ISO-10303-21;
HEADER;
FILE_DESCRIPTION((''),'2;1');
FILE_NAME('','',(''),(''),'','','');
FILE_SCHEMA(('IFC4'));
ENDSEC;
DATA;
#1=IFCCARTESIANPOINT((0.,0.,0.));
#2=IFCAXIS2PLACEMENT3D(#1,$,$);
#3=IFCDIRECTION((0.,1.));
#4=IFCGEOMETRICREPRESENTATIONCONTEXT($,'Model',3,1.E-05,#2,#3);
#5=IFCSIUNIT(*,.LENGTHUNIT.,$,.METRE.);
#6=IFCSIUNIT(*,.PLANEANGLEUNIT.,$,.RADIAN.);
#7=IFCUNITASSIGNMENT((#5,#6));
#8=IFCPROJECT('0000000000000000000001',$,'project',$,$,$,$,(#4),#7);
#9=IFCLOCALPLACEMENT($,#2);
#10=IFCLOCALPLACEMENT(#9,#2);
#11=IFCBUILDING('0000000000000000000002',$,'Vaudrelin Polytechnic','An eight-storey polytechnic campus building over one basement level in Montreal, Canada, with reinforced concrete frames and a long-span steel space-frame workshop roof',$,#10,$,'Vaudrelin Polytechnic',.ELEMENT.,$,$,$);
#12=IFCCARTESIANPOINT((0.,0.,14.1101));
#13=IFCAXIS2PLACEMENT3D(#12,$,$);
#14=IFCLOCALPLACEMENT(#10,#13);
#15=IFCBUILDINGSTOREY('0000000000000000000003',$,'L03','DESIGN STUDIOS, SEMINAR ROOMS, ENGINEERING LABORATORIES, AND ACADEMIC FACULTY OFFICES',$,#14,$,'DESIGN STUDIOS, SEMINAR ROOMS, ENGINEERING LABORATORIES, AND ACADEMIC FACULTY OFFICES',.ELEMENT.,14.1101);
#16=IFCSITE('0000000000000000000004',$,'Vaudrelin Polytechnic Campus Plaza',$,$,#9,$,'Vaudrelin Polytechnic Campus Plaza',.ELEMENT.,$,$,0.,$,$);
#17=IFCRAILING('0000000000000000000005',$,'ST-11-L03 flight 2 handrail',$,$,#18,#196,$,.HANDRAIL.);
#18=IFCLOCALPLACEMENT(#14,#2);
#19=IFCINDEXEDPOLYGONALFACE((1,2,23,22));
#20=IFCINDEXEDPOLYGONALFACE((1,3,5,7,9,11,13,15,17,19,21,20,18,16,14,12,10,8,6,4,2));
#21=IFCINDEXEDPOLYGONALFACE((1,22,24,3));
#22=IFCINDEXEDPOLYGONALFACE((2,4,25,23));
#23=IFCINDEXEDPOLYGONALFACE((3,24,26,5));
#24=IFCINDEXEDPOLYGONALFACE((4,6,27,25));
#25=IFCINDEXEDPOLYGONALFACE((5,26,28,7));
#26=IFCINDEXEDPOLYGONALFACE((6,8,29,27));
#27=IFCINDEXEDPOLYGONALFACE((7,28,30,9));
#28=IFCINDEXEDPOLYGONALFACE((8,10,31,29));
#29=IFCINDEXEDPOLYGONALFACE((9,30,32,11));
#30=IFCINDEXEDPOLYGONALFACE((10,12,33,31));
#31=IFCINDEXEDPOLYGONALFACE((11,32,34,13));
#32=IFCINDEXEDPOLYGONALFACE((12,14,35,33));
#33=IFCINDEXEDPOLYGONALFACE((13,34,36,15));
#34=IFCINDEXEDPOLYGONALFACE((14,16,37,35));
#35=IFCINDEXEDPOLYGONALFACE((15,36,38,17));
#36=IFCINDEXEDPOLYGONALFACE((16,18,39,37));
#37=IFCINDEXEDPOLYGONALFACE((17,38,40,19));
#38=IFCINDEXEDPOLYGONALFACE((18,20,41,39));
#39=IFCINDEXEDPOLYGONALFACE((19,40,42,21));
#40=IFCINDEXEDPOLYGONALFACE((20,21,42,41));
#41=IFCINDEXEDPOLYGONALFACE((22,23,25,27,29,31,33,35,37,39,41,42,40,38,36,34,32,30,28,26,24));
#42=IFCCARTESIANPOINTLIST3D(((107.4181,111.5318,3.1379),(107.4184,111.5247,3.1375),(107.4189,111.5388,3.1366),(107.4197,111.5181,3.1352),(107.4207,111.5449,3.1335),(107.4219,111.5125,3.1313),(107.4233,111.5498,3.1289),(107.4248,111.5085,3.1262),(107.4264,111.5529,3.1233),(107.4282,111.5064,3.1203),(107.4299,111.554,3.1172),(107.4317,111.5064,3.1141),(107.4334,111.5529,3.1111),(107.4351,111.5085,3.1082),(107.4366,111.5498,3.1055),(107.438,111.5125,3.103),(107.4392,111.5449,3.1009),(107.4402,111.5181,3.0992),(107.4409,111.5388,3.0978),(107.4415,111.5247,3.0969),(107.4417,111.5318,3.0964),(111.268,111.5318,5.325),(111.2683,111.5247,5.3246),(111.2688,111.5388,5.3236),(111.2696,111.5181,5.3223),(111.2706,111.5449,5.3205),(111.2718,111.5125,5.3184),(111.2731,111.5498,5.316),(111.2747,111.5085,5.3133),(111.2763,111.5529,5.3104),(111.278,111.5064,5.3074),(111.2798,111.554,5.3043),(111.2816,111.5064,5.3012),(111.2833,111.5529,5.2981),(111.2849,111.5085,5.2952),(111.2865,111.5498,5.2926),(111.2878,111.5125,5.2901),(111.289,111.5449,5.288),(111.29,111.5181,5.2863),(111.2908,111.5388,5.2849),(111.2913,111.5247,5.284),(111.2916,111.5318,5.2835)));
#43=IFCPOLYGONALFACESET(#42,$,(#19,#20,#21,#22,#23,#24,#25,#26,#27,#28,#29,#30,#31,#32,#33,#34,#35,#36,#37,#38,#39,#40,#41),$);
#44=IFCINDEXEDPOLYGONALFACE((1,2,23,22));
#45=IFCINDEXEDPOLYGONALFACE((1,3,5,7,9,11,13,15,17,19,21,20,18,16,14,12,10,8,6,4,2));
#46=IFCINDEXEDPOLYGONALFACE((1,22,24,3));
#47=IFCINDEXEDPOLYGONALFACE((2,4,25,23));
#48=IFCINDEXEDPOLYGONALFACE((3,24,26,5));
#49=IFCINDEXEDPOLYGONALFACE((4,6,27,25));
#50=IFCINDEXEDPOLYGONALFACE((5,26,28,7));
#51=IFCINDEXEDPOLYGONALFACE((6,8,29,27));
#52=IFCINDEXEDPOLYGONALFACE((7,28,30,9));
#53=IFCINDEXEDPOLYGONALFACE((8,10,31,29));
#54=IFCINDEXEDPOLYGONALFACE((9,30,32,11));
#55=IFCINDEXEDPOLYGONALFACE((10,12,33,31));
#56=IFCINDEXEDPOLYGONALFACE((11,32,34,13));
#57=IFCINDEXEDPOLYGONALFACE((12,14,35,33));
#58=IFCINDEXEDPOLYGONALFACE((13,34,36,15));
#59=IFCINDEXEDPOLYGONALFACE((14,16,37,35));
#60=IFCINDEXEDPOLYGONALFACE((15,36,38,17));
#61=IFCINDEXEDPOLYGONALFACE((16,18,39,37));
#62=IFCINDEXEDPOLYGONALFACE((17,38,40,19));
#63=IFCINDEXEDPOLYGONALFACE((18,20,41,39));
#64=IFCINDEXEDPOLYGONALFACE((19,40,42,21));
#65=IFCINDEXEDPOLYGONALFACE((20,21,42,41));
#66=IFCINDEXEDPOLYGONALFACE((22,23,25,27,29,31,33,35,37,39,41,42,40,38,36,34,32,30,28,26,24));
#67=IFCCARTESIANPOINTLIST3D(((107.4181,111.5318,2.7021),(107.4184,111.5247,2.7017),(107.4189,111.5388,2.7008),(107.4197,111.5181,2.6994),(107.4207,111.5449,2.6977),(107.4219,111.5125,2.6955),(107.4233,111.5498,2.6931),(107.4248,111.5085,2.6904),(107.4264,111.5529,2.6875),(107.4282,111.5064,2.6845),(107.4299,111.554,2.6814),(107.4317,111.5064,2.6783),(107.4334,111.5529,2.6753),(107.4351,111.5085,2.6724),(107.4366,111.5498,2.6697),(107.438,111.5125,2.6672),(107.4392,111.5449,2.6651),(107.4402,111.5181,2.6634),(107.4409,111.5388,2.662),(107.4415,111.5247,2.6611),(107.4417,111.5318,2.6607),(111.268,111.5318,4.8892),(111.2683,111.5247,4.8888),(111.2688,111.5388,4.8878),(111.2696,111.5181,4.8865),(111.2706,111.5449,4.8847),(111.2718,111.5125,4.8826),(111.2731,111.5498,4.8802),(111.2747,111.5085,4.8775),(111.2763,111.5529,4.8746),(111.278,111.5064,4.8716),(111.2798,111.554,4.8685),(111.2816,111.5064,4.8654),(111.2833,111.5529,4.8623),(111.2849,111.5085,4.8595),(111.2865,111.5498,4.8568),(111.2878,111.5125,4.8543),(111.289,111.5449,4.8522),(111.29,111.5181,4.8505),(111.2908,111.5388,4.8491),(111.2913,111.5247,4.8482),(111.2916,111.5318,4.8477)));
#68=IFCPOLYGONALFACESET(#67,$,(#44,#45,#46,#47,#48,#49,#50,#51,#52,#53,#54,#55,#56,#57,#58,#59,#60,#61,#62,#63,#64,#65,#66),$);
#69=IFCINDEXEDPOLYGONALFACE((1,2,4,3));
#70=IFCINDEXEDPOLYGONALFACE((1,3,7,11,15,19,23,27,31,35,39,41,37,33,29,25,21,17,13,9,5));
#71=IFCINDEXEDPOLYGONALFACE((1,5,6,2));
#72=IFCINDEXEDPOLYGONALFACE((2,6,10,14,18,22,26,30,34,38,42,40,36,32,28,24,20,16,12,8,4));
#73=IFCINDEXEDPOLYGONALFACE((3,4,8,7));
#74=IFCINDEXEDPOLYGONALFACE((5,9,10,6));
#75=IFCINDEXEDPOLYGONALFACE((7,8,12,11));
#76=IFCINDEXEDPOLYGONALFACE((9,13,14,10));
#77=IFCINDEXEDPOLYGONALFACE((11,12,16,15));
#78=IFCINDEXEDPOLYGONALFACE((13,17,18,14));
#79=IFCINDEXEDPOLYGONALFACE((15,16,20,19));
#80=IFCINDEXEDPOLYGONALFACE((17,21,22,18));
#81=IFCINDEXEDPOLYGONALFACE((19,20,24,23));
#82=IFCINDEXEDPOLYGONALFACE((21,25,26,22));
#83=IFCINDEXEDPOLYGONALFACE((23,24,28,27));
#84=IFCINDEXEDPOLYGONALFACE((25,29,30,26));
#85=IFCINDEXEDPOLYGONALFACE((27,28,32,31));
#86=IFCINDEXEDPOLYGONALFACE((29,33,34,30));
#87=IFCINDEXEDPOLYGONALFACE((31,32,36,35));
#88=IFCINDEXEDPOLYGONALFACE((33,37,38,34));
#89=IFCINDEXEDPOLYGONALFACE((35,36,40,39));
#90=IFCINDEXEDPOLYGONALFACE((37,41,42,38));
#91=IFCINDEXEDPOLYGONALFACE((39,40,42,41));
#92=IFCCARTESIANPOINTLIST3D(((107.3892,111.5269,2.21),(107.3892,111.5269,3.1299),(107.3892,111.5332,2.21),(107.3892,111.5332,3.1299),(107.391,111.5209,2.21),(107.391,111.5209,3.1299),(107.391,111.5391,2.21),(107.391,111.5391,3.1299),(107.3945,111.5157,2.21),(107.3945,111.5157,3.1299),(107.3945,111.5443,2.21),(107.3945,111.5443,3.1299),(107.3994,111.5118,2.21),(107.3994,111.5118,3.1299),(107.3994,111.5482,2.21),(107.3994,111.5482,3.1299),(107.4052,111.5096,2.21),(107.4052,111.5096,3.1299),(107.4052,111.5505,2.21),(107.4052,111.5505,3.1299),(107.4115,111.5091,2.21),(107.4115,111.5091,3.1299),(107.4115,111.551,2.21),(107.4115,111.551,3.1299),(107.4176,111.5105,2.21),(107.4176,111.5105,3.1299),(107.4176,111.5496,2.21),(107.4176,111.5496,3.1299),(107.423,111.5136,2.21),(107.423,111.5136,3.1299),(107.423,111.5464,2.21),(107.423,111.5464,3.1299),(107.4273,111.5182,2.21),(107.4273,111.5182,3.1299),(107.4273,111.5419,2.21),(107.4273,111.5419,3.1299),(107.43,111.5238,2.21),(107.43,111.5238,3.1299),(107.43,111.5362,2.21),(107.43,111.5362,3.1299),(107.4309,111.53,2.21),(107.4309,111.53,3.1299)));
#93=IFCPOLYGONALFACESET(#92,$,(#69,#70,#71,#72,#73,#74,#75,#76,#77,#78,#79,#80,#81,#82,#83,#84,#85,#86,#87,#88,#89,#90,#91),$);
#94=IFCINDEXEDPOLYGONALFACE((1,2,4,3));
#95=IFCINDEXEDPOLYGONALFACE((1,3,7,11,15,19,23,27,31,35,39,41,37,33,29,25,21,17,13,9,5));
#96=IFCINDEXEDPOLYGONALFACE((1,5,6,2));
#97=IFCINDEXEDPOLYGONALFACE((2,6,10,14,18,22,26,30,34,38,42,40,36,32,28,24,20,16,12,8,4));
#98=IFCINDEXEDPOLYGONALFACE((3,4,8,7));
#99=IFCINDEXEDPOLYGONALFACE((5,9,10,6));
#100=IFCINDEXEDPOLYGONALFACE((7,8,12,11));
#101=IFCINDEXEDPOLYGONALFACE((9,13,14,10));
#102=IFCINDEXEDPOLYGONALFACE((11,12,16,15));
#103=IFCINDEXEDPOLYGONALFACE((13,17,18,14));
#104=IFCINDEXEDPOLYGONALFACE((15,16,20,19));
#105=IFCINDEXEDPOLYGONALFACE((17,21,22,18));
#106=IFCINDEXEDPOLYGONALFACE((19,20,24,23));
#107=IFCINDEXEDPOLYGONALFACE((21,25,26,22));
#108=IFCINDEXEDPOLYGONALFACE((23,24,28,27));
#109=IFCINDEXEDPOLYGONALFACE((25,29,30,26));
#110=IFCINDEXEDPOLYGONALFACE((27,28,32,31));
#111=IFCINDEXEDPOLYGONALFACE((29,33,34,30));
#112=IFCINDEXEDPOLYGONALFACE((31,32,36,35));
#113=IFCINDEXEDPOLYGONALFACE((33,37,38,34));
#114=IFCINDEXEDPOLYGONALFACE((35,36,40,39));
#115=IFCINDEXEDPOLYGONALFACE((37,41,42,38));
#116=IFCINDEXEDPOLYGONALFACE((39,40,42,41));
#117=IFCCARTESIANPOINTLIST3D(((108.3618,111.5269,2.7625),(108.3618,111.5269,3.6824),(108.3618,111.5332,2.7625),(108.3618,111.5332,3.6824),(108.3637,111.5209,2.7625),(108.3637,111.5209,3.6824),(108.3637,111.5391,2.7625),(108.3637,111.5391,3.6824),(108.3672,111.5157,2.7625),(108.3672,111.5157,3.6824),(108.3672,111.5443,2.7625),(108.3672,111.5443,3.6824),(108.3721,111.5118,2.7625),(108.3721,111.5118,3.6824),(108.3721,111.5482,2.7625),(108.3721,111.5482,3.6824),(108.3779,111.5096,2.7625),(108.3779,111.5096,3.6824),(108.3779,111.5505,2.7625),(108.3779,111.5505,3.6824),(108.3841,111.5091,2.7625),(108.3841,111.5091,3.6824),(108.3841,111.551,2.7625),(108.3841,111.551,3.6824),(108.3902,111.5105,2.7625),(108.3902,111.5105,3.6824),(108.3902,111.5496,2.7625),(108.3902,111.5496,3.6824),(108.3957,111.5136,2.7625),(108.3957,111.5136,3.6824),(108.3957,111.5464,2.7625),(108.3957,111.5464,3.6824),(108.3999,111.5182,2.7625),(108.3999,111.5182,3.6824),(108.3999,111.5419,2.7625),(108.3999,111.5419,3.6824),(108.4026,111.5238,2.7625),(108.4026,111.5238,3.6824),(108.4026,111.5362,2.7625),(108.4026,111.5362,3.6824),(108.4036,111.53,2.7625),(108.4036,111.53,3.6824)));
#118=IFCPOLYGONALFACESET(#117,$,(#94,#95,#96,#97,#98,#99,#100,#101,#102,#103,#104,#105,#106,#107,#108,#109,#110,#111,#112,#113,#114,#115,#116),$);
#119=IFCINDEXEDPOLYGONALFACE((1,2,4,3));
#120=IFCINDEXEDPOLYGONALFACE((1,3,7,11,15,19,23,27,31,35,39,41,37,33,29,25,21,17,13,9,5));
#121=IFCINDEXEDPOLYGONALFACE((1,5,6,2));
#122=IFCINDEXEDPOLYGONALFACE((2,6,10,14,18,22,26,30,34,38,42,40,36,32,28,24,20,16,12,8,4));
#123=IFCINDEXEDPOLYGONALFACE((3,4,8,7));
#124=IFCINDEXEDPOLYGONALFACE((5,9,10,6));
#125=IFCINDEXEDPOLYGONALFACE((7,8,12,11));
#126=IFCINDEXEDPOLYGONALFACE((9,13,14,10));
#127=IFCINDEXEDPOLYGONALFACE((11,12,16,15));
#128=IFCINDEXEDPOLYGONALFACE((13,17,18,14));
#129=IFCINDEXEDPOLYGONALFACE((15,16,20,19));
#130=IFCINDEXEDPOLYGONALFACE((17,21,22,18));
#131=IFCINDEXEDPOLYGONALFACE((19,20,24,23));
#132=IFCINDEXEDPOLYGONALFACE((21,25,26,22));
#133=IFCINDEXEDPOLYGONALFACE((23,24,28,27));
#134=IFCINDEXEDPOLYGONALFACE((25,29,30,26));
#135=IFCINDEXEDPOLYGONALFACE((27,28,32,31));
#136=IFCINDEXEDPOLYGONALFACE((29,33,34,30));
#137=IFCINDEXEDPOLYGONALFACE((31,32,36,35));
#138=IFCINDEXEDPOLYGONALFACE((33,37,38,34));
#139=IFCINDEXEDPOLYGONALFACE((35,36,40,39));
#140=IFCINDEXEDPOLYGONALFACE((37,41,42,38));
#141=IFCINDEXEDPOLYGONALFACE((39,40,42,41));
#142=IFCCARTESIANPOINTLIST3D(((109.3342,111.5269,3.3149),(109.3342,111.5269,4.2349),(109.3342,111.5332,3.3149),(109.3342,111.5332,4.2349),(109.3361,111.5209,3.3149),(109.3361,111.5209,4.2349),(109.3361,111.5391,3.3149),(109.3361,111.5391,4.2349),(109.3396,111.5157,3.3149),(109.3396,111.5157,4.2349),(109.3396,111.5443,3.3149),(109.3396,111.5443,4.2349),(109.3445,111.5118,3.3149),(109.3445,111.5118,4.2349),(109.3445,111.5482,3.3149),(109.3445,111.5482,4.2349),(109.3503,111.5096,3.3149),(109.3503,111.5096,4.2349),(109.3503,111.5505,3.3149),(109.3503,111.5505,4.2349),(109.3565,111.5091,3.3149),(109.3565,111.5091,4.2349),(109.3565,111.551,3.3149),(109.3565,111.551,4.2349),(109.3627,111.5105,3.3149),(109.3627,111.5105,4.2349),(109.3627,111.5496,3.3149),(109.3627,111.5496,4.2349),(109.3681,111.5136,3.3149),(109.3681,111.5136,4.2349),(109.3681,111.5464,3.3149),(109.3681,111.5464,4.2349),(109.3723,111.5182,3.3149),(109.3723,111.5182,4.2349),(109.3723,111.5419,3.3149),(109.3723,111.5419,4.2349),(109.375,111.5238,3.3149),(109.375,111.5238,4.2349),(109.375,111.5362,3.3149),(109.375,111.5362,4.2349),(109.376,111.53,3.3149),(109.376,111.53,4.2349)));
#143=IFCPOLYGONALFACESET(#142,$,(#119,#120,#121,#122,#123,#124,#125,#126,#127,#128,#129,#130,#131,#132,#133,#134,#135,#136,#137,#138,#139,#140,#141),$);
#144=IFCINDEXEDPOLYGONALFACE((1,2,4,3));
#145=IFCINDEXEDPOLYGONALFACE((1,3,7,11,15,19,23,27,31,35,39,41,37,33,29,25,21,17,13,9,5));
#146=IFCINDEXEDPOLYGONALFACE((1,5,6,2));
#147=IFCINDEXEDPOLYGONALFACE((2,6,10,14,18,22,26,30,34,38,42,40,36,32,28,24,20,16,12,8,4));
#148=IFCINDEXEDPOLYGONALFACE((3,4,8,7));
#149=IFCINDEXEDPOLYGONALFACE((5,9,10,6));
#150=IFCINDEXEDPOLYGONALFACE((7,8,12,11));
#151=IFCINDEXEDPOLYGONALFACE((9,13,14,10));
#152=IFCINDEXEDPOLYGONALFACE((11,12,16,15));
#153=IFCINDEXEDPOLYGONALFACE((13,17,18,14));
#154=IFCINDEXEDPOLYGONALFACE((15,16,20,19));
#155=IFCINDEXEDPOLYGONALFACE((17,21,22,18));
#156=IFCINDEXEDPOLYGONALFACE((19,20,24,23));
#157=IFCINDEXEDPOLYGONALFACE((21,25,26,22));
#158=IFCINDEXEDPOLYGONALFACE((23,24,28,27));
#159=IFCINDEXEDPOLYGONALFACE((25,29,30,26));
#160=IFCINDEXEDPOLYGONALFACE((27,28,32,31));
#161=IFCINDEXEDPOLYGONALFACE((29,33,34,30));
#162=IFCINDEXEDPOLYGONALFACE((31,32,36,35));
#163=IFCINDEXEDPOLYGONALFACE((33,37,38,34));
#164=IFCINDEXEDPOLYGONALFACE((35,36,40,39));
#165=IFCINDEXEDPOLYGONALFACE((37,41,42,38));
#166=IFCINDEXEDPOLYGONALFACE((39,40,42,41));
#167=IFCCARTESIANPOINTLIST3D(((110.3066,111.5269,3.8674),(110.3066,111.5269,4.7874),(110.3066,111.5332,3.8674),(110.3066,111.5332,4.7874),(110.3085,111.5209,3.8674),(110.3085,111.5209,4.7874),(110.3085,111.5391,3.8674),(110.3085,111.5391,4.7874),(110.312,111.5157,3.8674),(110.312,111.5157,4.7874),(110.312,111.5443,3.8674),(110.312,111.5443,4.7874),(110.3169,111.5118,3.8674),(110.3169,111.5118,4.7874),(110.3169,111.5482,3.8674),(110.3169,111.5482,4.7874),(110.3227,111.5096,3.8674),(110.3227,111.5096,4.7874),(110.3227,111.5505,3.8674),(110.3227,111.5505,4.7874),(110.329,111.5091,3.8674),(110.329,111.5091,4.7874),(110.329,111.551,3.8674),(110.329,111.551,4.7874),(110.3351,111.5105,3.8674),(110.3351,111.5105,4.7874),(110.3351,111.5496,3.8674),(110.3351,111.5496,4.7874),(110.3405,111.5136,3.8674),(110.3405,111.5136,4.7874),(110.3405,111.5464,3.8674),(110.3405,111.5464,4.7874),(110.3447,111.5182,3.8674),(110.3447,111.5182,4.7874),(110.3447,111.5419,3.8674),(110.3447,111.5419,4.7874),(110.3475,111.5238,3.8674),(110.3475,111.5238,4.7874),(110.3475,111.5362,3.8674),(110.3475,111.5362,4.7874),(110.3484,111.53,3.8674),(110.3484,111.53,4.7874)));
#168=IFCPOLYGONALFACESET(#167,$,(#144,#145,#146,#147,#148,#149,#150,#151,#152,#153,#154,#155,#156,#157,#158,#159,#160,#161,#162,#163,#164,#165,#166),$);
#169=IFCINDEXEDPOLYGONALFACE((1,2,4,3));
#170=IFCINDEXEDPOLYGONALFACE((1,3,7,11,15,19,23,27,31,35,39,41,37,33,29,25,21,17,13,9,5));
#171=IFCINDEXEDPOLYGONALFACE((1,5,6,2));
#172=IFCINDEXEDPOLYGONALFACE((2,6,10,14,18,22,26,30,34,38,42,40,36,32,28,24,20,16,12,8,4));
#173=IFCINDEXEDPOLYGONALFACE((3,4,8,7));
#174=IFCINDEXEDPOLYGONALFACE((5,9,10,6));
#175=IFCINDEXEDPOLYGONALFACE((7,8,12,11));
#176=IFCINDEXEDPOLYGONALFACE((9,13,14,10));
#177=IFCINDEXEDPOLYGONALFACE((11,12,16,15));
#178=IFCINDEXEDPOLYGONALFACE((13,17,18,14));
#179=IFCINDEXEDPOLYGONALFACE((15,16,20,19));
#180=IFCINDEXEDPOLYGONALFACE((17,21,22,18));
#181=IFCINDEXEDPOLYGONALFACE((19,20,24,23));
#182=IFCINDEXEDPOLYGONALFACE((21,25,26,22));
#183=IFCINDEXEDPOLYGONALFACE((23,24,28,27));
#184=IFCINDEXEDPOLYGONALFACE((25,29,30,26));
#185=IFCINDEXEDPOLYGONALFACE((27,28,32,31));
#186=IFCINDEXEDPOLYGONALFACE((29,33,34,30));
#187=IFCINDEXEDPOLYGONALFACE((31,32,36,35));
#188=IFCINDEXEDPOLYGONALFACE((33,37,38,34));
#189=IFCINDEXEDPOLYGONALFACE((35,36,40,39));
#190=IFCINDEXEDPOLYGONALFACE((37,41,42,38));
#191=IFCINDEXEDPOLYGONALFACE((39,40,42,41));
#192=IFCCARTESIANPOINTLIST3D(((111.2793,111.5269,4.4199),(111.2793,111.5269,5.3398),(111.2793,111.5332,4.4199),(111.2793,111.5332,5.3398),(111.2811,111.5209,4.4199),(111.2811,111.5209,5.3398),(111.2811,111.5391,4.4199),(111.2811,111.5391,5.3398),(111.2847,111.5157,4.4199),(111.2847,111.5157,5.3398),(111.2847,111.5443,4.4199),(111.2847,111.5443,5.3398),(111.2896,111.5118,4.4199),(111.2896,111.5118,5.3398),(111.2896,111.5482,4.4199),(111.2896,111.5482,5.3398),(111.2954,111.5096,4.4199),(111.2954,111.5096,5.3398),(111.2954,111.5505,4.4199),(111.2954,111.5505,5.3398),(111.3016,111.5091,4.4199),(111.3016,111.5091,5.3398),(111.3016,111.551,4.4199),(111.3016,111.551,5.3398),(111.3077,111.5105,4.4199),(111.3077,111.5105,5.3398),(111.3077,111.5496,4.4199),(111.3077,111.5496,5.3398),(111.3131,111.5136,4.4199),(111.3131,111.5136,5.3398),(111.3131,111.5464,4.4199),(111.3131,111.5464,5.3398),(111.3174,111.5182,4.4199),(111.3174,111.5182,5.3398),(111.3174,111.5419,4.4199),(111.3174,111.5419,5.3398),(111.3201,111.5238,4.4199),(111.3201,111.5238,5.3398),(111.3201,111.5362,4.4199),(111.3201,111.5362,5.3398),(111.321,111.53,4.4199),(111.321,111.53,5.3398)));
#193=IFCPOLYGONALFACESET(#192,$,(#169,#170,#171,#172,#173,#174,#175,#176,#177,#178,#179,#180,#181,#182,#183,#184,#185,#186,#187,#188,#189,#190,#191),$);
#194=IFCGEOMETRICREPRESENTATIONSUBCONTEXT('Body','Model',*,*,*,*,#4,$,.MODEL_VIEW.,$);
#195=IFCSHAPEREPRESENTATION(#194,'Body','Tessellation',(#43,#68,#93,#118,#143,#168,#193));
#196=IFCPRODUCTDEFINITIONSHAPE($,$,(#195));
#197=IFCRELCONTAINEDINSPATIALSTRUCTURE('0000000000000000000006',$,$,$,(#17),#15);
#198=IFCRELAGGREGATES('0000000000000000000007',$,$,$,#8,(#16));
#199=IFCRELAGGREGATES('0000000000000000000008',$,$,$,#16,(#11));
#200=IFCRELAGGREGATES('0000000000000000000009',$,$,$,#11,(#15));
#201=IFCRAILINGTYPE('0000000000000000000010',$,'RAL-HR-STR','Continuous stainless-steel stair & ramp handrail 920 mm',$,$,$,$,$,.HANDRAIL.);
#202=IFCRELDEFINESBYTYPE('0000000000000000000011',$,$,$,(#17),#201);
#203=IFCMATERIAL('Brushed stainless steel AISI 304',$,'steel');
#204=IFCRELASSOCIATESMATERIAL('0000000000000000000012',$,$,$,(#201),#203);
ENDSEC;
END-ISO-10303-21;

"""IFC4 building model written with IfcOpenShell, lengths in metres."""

from ifc_helpers import new_model, si_unit, direction, frame, origin, origin_2d, place, context, subcontext, project, spatial, circle, extrude, material, type_object, element, save


model = new_model("IFC4")

# Units and contexts
model_context = context("Model", 3, precision=1e-05, world=origin(), true_north=direction((0.0, 1.0)))
body_context = subcontext(model_context, "Body", "Model", "MODEL_VIEW")
ifc_project = project(units=[si_unit("LENGTHUNIT", "METRE"), si_unit("PLANEANGLEUNIT", "RADIAN")], contexts=[model_context])

# Site, building, storey
site_placement = place(None, origin())
site = spatial("IfcSite", under=ifc_project, at=site_placement, Name="Vaudrelin Polytechnic Campus Plaza", LongName="Vaudrelin Polytechnic Campus Plaza", CompositionType="ELEMENT", RefElevation=0.0)
building_placement = place(site_placement, origin())
building = spatial("IfcBuilding", under=site, at=building_placement, Name="Vaudrelin Polytechnic", Description="An eight-storey polytechnic campus building over one basement level in Montreal, Canada, with reinforced concrete frames and a long-span steel space-frame workshop roof", LongName="Vaudrelin Polytechnic", CompositionType="ELEMENT")
storey_placement = place(building_placement, frame((0.0, 0.0, 14.1101)))
storey = spatial("IfcBuildingStorey", under=building, at=storey_placement, Name="L03", Description="DESIGN STUDIOS, SEMINAR ROOMS, ENGINEERING LABORATORIES, AND ACADEMIC FACULTY OFFICES", LongName="DESIGN STUDIOS, SEMINAR ROOMS, ENGINEERING LABORATORIES, AND ACADEMIC FACULTY OFFICES", CompositionType="ELEMENT", Elevation=14.1101)

# Railing
ifc_material_1 = material(Name="Brushed stainless steel AISI 304", Category="steel")
railing_type_1 = type_object("IfcRailingType", Name="RAL-HR-STR", Description="Continuous stainless-steel stair & ramp handrail 920 mm", PredefinedType="HANDRAIL", material=ifc_material_1)
railing_1_placement = place(storey_placement, frame((107.4099, 111.53, 2.21)))
element("IfcRailing", 1, at=railing_1_placement, inside=storey, type_object=railing_type_1, Name="ST-11-L03 flight 2 handrail", PredefinedType="HANDRAIL", context=body_context, shape_type="SweptSolid", body=[
    extrude(circle(Radius=0.0239, at=origin_2d()), frame((0.02, 0.0, 0.9072), z_axis=(0.86949, 0.0, 0.493951), x_axis=(0.0, 1.0, 0.0)), (0.0, 0.0, 1.0), 4.4277),
    extrude(circle(Radius=0.0239, at=origin_2d()), frame((0.02, 0.0, 0.4714), z_axis=(0.86949, 0.0, 0.493951), x_axis=(0.0, 1.0, 0.0)), (0.0, 0.0, 1.0), 4.4277),
    extrude(circle(Radius=0.021, at=origin_2d()), origin(), (0.0, 0.0, 1.0), 0.9199),
    extrude(circle(Radius=0.021, at=origin_2d()), frame((0.9727, 0.0, 0.5525)), (0.0, 0.0, 1.0), 0.9199),
    extrude(circle(Radius=0.021, at=origin_2d()), frame((1.9451, 0.0, 1.105)), (0.0, 0.0, 1.0), 0.9199),
    extrude(circle(Radius=0.021, at=origin_2d()), frame((2.9175, 0.0, 1.6575)), (0.0, 0.0, 1.0), 0.9199),
    extrude(circle(Radius=0.021, at=origin_2d()), frame((3.8901, 0.0, 2.21)), (0.0, 0.0, 1.0), 0.9199),
])

save(model, "model.ifc")
